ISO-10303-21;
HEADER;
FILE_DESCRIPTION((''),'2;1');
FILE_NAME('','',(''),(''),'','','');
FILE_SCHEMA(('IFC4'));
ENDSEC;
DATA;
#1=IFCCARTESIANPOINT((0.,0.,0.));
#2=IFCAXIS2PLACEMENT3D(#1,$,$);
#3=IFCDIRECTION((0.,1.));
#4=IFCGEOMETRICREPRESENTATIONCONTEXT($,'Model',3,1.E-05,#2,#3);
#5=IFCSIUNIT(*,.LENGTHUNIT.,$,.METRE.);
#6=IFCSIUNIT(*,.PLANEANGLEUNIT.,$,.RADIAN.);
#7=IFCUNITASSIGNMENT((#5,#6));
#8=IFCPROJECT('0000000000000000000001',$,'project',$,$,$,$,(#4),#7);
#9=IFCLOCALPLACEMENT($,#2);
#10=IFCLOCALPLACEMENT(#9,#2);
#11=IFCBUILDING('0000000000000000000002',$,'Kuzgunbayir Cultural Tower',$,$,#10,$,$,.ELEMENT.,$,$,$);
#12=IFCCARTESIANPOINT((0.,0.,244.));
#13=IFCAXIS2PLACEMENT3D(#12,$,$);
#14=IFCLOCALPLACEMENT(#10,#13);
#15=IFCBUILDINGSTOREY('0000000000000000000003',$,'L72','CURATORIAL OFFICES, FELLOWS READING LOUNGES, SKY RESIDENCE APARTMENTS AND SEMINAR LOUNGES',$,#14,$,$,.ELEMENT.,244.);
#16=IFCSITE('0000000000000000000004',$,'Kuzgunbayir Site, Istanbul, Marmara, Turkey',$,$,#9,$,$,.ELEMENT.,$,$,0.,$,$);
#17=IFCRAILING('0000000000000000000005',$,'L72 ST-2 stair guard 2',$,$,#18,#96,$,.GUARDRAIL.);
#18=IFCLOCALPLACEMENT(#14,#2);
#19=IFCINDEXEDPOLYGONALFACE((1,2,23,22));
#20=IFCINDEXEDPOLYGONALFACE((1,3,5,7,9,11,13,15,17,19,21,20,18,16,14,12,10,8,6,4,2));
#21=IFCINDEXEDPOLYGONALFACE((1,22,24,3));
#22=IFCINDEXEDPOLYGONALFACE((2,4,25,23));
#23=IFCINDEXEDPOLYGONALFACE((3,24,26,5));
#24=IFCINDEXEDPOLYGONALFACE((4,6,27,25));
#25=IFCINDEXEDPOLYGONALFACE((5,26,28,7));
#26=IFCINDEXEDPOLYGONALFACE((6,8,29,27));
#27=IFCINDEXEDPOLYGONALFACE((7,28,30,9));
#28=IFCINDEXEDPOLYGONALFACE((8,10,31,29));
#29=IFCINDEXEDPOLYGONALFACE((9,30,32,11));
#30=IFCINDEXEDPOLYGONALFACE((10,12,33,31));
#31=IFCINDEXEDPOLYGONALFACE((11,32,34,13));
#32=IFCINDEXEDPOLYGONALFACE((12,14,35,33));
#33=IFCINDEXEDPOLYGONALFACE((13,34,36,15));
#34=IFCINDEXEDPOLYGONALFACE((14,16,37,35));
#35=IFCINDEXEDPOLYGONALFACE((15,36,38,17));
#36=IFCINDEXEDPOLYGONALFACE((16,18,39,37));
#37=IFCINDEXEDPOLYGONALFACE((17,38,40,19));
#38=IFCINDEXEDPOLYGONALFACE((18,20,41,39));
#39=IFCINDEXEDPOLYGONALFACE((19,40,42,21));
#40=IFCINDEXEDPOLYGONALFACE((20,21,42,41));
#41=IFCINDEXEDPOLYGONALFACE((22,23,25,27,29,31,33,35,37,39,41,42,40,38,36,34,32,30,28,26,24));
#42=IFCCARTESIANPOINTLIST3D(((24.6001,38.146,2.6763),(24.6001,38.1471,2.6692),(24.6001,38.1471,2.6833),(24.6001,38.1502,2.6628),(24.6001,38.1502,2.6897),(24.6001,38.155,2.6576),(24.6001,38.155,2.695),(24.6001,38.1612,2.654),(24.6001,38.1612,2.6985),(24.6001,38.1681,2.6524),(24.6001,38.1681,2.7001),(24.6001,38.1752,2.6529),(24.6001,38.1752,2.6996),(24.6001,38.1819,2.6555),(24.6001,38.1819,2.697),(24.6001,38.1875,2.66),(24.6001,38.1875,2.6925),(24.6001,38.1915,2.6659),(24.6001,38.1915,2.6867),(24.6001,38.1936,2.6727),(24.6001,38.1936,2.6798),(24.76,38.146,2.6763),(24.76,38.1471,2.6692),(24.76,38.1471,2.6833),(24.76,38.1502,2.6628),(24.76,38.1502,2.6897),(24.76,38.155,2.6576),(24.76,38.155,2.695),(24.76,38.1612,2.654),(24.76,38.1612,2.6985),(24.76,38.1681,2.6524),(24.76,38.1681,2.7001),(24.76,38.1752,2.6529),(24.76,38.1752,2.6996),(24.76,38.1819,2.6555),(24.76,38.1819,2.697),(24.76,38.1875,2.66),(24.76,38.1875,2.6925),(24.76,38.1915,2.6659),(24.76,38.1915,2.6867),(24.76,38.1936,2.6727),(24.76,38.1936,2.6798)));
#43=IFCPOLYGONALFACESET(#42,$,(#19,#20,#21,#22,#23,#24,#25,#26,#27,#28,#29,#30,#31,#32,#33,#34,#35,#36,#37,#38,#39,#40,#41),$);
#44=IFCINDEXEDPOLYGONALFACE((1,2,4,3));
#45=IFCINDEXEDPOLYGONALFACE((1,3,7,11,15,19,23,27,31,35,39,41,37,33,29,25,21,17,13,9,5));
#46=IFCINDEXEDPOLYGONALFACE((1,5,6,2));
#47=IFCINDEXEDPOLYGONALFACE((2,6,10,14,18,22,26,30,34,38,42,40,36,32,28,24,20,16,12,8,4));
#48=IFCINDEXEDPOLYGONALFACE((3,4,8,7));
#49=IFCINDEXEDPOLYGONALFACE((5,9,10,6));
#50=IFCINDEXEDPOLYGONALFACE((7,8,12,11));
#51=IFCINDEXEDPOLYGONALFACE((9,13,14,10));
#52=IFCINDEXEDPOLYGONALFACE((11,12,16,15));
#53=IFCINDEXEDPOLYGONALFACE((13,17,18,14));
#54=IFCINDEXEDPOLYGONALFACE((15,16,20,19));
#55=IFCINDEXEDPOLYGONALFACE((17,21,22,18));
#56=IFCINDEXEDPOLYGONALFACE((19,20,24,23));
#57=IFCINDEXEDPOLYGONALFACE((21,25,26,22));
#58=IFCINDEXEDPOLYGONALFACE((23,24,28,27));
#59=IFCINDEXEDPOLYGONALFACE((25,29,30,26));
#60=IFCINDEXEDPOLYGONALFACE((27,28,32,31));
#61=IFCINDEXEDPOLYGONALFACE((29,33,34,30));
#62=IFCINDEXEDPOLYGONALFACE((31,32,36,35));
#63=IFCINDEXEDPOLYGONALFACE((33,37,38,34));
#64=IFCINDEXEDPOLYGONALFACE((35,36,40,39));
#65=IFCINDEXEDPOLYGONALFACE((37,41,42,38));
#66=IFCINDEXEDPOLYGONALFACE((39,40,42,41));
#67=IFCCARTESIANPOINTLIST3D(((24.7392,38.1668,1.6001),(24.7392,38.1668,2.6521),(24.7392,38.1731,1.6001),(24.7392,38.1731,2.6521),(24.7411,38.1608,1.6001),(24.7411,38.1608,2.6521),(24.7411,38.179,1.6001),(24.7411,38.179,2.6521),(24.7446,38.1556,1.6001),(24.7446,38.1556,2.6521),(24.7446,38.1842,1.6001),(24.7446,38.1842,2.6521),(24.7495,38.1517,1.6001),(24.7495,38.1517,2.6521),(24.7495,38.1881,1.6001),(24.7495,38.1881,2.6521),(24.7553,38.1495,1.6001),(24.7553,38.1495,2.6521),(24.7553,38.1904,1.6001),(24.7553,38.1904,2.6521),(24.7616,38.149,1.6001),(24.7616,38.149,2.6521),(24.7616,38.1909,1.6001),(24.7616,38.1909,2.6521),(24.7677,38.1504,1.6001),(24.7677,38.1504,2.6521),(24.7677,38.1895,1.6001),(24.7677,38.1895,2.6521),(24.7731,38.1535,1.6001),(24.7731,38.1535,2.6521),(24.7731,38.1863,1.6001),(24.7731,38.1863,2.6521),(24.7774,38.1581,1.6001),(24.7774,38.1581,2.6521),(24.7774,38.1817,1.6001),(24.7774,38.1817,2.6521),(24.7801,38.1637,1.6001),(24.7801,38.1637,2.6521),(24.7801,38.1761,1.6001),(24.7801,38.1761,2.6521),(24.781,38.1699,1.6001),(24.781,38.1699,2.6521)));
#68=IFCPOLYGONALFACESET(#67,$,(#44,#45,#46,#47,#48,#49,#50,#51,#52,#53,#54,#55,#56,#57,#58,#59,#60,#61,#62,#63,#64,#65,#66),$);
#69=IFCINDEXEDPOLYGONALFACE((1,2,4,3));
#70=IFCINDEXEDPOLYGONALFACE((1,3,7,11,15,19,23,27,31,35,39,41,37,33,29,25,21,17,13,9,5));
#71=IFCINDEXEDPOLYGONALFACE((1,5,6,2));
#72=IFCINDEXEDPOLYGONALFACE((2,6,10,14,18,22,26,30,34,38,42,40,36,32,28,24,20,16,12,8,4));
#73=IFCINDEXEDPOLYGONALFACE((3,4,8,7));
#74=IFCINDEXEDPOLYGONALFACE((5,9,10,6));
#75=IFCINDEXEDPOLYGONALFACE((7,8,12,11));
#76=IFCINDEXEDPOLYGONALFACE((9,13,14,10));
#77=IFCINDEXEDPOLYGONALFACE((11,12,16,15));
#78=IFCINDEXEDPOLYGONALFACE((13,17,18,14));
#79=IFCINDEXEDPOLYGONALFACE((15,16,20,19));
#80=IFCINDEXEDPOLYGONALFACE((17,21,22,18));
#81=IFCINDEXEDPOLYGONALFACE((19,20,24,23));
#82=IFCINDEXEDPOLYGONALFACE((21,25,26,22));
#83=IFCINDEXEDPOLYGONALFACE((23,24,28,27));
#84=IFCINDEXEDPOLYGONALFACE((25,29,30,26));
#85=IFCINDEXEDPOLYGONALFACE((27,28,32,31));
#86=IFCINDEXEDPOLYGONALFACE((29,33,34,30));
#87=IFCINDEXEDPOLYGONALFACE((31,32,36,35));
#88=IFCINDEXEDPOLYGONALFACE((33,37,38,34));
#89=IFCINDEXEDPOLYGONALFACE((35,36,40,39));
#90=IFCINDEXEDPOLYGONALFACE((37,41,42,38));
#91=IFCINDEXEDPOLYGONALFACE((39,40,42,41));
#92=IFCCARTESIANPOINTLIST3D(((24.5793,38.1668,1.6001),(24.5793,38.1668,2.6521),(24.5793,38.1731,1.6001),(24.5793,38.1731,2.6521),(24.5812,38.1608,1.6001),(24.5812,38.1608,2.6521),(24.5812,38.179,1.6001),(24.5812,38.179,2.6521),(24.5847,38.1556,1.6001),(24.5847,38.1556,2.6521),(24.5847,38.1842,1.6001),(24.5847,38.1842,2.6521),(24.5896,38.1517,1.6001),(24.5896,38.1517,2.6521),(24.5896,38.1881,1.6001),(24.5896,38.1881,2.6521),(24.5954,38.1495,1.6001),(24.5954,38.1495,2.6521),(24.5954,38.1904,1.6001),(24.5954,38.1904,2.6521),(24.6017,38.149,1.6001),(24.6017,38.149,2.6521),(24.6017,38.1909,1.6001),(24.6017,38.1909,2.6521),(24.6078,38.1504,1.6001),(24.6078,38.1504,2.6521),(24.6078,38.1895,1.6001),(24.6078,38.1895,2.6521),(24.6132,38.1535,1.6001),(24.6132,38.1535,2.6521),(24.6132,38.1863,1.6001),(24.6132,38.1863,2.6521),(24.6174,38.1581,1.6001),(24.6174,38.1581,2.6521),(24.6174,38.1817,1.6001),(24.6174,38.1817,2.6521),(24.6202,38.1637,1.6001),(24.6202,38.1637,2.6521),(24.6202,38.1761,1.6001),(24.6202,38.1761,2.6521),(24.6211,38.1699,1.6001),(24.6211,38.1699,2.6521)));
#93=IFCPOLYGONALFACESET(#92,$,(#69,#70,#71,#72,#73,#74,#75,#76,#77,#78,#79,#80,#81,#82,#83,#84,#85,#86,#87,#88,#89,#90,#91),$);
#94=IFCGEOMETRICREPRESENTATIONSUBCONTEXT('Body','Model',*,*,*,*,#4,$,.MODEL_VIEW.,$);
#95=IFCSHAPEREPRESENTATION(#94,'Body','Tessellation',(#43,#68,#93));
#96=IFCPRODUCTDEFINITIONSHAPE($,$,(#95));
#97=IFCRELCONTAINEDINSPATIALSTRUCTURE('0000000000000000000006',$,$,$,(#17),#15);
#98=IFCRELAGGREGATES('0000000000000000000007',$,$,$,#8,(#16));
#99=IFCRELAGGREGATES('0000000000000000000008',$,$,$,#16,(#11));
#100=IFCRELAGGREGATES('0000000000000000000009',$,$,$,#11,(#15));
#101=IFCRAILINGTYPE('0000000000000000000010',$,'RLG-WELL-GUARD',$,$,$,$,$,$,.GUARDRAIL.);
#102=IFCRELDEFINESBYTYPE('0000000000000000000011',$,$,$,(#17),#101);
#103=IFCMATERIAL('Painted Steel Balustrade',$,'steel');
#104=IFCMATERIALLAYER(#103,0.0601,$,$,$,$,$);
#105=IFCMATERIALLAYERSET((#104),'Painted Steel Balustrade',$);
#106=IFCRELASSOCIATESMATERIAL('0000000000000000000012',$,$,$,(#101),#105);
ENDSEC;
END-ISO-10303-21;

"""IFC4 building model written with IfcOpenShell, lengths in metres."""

from ifc_helpers import new_model, si_unit, direction, frame, origin, origin_2d, place, context, subcontext, project, spatial, circle, extrude, material, layer, layer_set, type_object, element, save


model = new_model("IFC4")

# Units and contexts
model_context = context("Model", 3, precision=1e-05, world=origin(), true_north=direction((0.0, 1.0)))
body_context = subcontext(model_context, "Body", "Model", "MODEL_VIEW")
ifc_project = project(units=[si_unit("LENGTHUNIT", "METRE"), si_unit("PLANEANGLEUNIT", "RADIAN")], contexts=[model_context])

# Site, building, storey
site_placement = place(None, origin())
site = spatial("IfcSite", under=ifc_project, at=site_placement, Name="Kuzgunbayir Site, Istanbul, Marmara, Turkey", CompositionType="ELEMENT", RefElevation=0.0)
building_placement = place(site_placement, origin())
building = spatial("IfcBuilding", under=site, at=building_placement, Name="Kuzgunbayir Cultural Tower", CompositionType="ELEMENT")
storey_placement = place(building_placement, frame((0.0, 0.0, 244.0)))
storey = spatial("IfcBuildingStorey", under=building, at=storey_placement, Name="L72", Description="CURATORIAL OFFICES, FELLOWS READING LOUNGES, SKY RESIDENCE APARTMENTS AND SEMINAR LOUNGES", CompositionType="ELEMENT", Elevation=244.0)

# Railing
ifc_material_1 = material(Name="Painted Steel Balustrade", Category="steel")
ifc_layer_1 = layer(ifc_material_1, 0.0601)
ifc_layer_set_1 = layer_set([ifc_layer_1], Name="Painted Steel Balustrade")
railing_type_1 = type_object("IfcRailingType", Name="RLG-WELL-GUARD", PredefinedType="GUARDRAIL", material=ifc_layer_set_1)
railing_1_placement = place(storey_placement, frame((24.76, 38.1699, 1.6001)))
element("IfcRailing", 1, at=railing_1_placement, inside=storey, type_object=railing_type_1, Name="L72 ST-2 stair guard 2", PredefinedType="GUARDRAIL", context=body_context, shape_type="SweptSolid", body=[
    extrude(circle(Radius=0.0239, at=origin_2d()), frame((0.0, 0.0, 1.0762), z_axis=(-1.0, 0.0, 0.0), x_axis=(0.0, -1.0, 0.0)), (0.0, 0.0, 1.0), 0.1599),
    extrude(circle(Radius=0.021, at=origin_2d()), origin(), (0.0, 0.0, 1.0), 1.052),
    extrude(circle(Radius=0.021, at=origin_2d()), frame((-0.1599, 0.0, 0.0)), (0.0, 0.0, 1.0), 1.052),
])

save(model, "model.ifc")
